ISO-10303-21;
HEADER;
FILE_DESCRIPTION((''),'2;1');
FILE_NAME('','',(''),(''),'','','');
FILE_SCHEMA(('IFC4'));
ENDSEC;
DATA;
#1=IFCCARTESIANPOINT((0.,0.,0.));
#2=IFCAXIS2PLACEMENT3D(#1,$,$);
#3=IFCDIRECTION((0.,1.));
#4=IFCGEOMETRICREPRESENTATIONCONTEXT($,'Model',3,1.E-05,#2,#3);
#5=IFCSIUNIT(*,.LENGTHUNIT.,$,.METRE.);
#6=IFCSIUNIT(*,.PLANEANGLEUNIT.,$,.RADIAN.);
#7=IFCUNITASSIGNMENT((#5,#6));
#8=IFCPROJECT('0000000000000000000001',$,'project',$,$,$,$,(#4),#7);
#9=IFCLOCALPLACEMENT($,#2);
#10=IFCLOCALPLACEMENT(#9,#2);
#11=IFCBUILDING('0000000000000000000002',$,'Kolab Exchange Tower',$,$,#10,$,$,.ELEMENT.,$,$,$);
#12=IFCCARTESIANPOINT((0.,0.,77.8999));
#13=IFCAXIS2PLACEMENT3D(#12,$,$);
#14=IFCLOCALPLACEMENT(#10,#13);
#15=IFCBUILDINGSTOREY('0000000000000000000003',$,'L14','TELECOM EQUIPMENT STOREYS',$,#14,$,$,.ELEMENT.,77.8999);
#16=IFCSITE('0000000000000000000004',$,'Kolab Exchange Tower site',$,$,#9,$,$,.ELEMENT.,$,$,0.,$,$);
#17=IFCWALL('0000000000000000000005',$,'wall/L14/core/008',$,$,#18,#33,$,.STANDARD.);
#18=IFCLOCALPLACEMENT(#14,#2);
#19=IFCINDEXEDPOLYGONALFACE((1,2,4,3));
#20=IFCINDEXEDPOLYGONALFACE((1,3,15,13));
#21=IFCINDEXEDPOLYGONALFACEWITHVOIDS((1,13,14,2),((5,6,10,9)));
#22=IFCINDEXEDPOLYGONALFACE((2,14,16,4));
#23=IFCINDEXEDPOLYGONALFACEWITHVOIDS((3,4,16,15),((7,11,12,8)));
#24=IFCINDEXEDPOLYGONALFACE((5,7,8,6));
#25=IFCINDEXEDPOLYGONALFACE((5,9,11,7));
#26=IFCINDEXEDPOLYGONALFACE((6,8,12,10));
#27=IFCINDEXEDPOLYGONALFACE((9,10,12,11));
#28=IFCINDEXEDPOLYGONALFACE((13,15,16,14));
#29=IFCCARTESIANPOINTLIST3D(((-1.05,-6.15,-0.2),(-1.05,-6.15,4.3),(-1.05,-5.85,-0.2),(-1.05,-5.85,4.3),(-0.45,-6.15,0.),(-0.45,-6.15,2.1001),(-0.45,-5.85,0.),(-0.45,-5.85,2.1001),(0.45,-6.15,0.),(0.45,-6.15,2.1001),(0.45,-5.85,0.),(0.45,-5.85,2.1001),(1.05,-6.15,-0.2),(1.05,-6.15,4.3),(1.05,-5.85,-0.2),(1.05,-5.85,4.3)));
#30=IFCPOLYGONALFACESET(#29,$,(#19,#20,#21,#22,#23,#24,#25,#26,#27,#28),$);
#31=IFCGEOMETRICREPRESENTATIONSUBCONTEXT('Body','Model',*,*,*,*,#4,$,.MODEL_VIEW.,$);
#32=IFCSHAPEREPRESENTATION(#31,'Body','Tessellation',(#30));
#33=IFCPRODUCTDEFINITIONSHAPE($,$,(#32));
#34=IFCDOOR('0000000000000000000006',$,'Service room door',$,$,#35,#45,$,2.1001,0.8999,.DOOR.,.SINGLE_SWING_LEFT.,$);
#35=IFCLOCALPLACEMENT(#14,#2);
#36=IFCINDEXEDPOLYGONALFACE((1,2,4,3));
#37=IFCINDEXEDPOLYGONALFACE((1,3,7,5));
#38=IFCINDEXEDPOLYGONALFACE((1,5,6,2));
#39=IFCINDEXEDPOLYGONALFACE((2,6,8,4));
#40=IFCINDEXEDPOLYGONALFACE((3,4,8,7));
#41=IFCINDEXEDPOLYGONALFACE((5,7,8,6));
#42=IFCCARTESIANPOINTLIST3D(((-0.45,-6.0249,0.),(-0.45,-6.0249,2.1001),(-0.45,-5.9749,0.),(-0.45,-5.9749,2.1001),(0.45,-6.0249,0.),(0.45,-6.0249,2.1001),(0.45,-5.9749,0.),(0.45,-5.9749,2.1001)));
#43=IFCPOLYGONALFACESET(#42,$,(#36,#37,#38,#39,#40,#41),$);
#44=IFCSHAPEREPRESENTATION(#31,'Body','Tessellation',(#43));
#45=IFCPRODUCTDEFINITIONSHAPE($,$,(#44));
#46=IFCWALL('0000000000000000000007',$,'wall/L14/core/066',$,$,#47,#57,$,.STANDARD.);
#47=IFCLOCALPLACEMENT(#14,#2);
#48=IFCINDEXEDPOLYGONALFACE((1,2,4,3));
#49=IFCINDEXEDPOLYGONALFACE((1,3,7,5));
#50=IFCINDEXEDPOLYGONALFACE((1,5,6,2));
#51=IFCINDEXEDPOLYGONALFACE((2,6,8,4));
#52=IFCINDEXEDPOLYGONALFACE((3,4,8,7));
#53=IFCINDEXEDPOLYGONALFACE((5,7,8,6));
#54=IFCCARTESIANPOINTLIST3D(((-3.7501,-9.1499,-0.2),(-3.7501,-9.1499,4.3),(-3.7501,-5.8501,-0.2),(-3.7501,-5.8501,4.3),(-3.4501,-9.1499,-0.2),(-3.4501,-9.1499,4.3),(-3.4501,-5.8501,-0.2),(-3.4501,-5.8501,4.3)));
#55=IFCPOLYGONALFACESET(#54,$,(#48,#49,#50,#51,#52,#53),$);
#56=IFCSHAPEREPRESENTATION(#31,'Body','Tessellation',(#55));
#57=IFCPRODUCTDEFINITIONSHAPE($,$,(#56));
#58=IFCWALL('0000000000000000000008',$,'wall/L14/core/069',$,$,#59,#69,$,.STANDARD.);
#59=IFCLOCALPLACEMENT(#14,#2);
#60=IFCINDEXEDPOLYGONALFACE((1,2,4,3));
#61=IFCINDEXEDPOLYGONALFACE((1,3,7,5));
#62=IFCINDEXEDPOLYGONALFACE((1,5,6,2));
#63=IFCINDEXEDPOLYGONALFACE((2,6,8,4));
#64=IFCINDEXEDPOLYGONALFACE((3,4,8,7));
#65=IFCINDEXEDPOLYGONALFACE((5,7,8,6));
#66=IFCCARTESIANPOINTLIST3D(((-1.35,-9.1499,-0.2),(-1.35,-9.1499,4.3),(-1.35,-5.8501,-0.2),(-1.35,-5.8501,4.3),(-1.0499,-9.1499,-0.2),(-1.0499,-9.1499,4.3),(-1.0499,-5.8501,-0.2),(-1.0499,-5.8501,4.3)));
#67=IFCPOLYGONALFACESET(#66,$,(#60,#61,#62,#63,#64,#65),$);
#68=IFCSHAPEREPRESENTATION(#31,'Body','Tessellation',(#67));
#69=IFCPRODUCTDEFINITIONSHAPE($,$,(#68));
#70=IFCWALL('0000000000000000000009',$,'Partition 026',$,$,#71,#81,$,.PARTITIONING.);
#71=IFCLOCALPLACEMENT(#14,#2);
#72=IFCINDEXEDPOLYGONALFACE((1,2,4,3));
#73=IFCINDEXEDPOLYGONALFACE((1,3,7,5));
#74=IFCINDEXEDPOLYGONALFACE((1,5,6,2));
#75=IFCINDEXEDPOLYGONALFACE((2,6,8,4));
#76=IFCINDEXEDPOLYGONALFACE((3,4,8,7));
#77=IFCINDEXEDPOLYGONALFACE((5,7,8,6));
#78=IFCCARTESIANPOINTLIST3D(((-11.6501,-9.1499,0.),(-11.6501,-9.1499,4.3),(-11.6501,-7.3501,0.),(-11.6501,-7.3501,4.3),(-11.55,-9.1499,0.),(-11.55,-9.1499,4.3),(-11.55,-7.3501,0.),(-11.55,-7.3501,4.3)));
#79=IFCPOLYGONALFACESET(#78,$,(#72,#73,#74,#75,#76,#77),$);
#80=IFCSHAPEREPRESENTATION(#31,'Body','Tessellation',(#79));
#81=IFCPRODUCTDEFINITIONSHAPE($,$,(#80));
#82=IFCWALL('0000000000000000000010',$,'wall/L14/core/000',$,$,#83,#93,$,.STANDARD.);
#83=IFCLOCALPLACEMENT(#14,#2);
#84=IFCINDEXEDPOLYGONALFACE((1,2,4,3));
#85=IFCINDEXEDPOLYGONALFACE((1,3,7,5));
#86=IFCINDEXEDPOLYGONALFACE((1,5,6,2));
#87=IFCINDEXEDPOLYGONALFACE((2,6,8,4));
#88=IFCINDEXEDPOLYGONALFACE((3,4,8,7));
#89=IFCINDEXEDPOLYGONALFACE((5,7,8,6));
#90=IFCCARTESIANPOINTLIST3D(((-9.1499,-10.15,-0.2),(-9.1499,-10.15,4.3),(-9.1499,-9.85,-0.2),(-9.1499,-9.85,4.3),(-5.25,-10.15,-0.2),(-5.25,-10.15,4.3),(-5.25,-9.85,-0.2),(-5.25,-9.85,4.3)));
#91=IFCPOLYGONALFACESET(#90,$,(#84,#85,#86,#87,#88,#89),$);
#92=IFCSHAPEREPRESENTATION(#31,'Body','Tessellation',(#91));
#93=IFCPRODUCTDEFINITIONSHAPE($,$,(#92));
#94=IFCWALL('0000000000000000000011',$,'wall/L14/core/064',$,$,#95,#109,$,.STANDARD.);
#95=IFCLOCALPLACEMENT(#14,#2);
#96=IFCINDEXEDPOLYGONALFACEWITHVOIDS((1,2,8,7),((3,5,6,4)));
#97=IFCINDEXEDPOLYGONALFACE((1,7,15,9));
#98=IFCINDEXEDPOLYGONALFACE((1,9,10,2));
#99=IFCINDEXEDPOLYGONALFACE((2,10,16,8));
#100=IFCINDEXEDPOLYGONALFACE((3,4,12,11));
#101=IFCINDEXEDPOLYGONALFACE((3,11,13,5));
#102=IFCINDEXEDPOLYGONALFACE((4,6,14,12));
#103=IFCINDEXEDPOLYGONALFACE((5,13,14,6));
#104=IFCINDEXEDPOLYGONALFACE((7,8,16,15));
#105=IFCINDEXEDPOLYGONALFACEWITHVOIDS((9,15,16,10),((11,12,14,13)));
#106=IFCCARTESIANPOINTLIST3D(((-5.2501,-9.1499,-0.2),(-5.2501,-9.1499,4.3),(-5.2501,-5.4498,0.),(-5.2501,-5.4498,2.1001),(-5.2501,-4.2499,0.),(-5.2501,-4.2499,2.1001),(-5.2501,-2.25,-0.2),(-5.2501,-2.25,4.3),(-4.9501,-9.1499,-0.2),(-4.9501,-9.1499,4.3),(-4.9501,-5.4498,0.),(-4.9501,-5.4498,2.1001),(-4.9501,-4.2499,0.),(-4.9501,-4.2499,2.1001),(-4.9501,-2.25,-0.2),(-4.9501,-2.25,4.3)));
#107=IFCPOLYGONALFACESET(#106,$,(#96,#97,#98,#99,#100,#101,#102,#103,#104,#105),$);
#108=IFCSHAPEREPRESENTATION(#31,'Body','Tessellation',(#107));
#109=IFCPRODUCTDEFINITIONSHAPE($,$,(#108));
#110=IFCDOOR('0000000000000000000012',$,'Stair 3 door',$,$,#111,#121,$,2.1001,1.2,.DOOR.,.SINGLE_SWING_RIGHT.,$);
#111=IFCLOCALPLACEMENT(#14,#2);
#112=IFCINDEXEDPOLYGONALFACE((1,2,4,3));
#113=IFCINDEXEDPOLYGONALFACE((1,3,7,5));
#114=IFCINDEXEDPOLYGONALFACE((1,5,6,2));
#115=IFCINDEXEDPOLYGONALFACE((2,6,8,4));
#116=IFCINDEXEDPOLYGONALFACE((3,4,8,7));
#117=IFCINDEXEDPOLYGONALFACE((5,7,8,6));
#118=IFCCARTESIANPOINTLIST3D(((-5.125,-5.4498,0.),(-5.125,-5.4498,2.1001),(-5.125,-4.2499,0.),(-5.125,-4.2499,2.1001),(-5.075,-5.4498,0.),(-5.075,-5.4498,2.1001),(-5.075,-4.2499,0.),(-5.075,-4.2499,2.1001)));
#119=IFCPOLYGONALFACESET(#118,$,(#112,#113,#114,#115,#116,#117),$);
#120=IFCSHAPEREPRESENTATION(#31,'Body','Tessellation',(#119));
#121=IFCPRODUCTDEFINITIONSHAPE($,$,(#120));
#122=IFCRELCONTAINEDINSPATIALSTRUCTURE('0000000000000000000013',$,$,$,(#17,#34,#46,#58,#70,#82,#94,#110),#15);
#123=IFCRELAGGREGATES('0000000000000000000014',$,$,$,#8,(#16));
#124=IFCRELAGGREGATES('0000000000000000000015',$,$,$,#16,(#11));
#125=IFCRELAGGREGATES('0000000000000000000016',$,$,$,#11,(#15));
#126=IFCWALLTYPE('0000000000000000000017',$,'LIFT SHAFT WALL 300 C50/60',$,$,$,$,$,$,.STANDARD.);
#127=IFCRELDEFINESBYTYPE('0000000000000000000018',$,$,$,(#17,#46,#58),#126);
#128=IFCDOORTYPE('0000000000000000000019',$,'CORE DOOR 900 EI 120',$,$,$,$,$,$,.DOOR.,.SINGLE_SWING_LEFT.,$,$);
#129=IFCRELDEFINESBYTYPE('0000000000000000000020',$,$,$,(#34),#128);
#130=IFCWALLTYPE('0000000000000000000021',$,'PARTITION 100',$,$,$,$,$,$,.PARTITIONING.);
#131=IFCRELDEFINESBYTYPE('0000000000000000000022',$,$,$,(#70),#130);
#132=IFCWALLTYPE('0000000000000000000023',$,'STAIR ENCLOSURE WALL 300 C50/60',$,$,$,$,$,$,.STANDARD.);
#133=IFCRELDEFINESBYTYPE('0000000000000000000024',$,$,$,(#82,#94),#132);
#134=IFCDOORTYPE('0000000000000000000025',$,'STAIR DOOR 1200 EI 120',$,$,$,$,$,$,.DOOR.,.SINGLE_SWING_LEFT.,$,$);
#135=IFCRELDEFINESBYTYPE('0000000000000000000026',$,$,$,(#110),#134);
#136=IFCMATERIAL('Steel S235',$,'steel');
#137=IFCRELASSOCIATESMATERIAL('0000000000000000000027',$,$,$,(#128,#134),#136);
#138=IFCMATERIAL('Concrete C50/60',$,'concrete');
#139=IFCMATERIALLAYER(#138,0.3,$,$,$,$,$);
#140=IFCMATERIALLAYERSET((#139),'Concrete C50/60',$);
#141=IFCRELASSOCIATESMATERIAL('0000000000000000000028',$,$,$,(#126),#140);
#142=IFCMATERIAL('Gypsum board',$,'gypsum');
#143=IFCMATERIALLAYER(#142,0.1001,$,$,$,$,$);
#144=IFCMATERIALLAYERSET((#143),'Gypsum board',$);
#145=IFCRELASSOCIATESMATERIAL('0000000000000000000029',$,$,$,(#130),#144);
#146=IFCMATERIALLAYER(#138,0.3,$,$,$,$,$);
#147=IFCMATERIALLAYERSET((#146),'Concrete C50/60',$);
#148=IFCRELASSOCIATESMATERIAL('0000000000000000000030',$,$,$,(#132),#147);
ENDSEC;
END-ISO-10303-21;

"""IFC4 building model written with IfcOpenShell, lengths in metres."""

from ifc_helpers import new_model, si_unit, direction, frame, frame_2d, origin, place, context, subcontext, project, spatial, rectangle, extrude, material, layer, layer_set, type_object, element, fill, save


model = new_model("IFC4")

# Units and contexts
model_context = context("Model", 3, precision=1e-05, world=origin(), true_north=direction((0.0, 1.0)))
body_context = subcontext(model_context, "Body", "Model", "MODEL_VIEW")
ifc_project = project(units=[si_unit("LENGTHUNIT", "METRE"), si_unit("PLANEANGLEUNIT", "RADIAN")], contexts=[model_context])

# Site, building, storey
site_placement = place(None, origin())
site = spatial("IfcSite", under=ifc_project, at=site_placement, Name="Kolab Exchange Tower site", CompositionType="ELEMENT", RefElevation=0.0)
building_placement = place(site_placement, origin())
building = spatial("IfcBuilding", under=site, at=building_placement, Name="Kolab Exchange Tower", CompositionType="ELEMENT")
storey_placement = place(building_placement, frame((0.0, 0.0, 77.8999)))
storey = spatial("IfcBuildingStorey", under=building, at=storey_placement, Name="L14", Description="TELECOM EQUIPMENT STOREYS", CompositionType="ELEMENT", Elevation=77.8999)

# Shared definitions
ifc_material_1 = material(Name="Steel S235", Category="steel")
door_type_1 = type_object("IfcDoorType", Name="CORE DOOR 900 EI 120", OperationType="SINGLE_SWING_LEFT", PredefinedType="DOOR", material=ifc_material_1)

# Shared definitions
ifc_material_2 = material(Name="Concrete C50/60", Category="concrete")
ifc_layer_1 = layer(ifc_material_2, 0.3)
ifc_layer_set_1 = layer_set([ifc_layer_1], Name="Concrete C50/60")
wall_type_1 = type_object("IfcWallType", Name="LIFT SHAFT WALL 300 C50/60", PredefinedType="STANDARD", material=ifc_layer_set_1)

# Wall, opening, door
wall_1_placement = place(storey_placement, frame((-1.05, -6.0, -0.2), z_axis=(0.0, 0.0, 1.0), x_axis=(1.0, 0.0, 0.0)))
wall_1 = element("IfcWall", 1, at=wall_1_placement, inside=storey, type_object=wall_type_1, Name="wall/L14/core/008", PredefinedType="STANDARD", context=body_context, shape_type="SweptSolid", body=[
    extrude(rectangle(XDim=2.1001, YDim=0.3, at=frame_2d((1.05, 0.0))), origin(), (0.0, 0.0, 1.0), 4.5),
])
opening_1_placement = place(wall_1_placement, frame((0.6001, 0.0, 0.2)))
opening_1 = element("IfcOpeningElement", 2, at=opening_1_placement, cuts=wall_1, PredefinedType="OPENING", context=body_context, shape_type="SweptSolid", body=[
    extrude(rectangle(XDim=0.8999, YDim=2.1001, at=frame_2d((0.45, 1.05))), frame((0.0, 0.1602, 0.0), z_axis=(0.0, -1.0, 0.0), x_axis=(1.0, 0.0, 0.0)), (0.0, 0.0, 1.0), 0.3201),
])
door_1_placement = place(opening_1_placement, frame((0.8999, 0.0, 0.0), z_axis=(0.0, 0.0, 1.0), x_axis=(-1.0, 0.0, 0.0)))
door_1 = element("IfcDoor", 3, at=door_1_placement, inside=storey, type_object=door_type_1, Name="Service room door", OperationType="SINGLE_SWING_LEFT", OverallHeight=2.1001, OverallWidth=0.8999, PredefinedType="DOOR", context=body_context, shape_type="SweptSolid", body=[
    extrude(rectangle(XDim=0.8999, YDim=2.1001, at=frame_2d((0.45, 1.05))), frame((0.0, 0.0249, 0.0), z_axis=(0.0, -1.0, 0.0), x_axis=(1.0, 0.0, 0.0)), (0.0, 0.0, 1.0), 0.05),
])
fill(opening_1, door_1)

# Walls
for number, where, z_axis, x_axis, name in (
    (4, (-3.6001, -9.1499, -0.2), (0.0, 0.0, 1.0), (0.0, 1.0, 0.0), "wall/L14/core/066"),
    (5, (-1.2, -9.1499, -0.2), (0.0, 0.0, 1.0), (0.0, 1.0, 0.0), "wall/L14/core/069"),
):
    element("IfcWall", number, at=place(storey_placement, frame(where, z_axis=z_axis, x_axis=x_axis)), inside=storey, type_object=wall_type_1, Name=name, PredefinedType="STANDARD", context=body_context, shape_type="SweptSolid", body=[
        extrude(rectangle(XDim=3.2998, YDim=0.3, at=frame_2d((1.6499, 0.0))), origin(), (0.0, 0.0, 1.0), 4.5),
    ])
ifc_material_3 = material(Name="Gypsum board", Category="gypsum")
ifc_layer_2 = layer(ifc_material_3, 0.1001)
ifc_layer_set_2 = layer_set([ifc_layer_2], Name="Gypsum board")
wall_type_2 = type_object("IfcWallType", Name="PARTITION 100", PredefinedType="PARTITIONING", material=ifc_layer_set_2)
wall_2_placement = place(storey_placement, frame((-11.6001, -9.1499, 0.0), z_axis=(0.0, 0.0, 1.0), x_axis=(0.0, 1.0, 0.0)))
element("IfcWall", 6, at=wall_2_placement, inside=storey, type_object=wall_type_2, Name="Partition 026", PredefinedType="PARTITIONING", context=body_context, shape_type="SweptSolid", body=[
    extrude(rectangle(XDim=1.7998, YDim=0.1001, at=frame_2d((0.8999, 0.0))), origin(), (0.0, 0.0, 1.0), 4.3),
])
ifc_layer_3 = layer(ifc_material_2, 0.3)
ifc_layer_set_3 = layer_set([ifc_layer_3], Name="Concrete C50/60")
wall_type_3 = type_object("IfcWallType", Name="STAIR ENCLOSURE WALL 300 C50/60", PredefinedType="STANDARD", material=ifc_layer_set_3)
wall_3_placement = place(storey_placement, frame((-9.1499, -10.0, -0.2), z_axis=(0.0, 0.0, 1.0), x_axis=(1.0, 0.0, 0.0)))
element("IfcWall", 7, at=wall_3_placement, inside=storey, type_object=wall_type_3, Name="wall/L14/core/000", PredefinedType="STANDARD", context=body_context, shape_type="SweptSolid", body=[
    extrude(rectangle(XDim=3.8999, YDim=0.3, at=frame_2d((1.95, 0.0))), origin(), (0.0, 0.0, 1.0), 4.5),
])

# Wall, opening, door
wall_4_placement = place(storey_placement, frame((-5.1001, -9.1499, -0.2), z_axis=(0.0, 0.0, 1.0), x_axis=(0.0, 1.0, 0.0)))
wall_4 = element("IfcWall", 8, at=wall_4_placement, inside=storey, type_object=wall_type_3, Name="wall/L14/core/064", PredefinedType="STANDARD", context=body_context, shape_type="SweptSolid", body=[
    extrude(rectangle(XDim=6.8999, YDim=0.3, at=frame_2d((3.45, 0.0))), origin(), (0.0, 0.0, 1.0), 4.5),
])
opening_2_placement = place(wall_4_placement, frame((3.7, 0.0, 0.2)))
opening_2 = element("IfcOpeningElement", 9, at=opening_2_placement, cuts=wall_4, PredefinedType="OPENING", context=body_context, shape_type="SweptSolid", body=[
    extrude(rectangle(XDim=1.2, YDim=2.1001, at=frame_2d((0.6001, 1.05))), frame((0.0, 0.1602, 0.0), z_axis=(0.0, -1.0, 0.0), x_axis=(1.0, 0.0, 0.0)), (0.0, 0.0, 1.0), 0.3201),
])
door_type_2 = type_object("IfcDoorType", Name="STAIR DOOR 1200 EI 120", OperationType="SINGLE_SWING_LEFT", PredefinedType="DOOR", material=ifc_material_1)
door_2_placement = place(opening_2_placement, origin())
door_2 = element("IfcDoor", 10, at=door_2_placement, inside=storey, type_object=door_type_2, Name="Stair 3 door", OperationType="SINGLE_SWING_RIGHT", OverallHeight=2.1001, OverallWidth=1.2, PredefinedType="DOOR", context=body_context, shape_type="SweptSolid", body=[
    extrude(rectangle(XDim=1.2, YDim=2.1001, at=frame_2d((0.6001, 1.05))), frame((0.0, 0.0249, 0.0), z_axis=(0.0, -1.0, 0.0), x_axis=(1.0, 0.0, 0.0)), (0.0, 0.0, 1.0), 0.05),
])
fill(opening_2, door_2)

save(model, "model.ifc")
